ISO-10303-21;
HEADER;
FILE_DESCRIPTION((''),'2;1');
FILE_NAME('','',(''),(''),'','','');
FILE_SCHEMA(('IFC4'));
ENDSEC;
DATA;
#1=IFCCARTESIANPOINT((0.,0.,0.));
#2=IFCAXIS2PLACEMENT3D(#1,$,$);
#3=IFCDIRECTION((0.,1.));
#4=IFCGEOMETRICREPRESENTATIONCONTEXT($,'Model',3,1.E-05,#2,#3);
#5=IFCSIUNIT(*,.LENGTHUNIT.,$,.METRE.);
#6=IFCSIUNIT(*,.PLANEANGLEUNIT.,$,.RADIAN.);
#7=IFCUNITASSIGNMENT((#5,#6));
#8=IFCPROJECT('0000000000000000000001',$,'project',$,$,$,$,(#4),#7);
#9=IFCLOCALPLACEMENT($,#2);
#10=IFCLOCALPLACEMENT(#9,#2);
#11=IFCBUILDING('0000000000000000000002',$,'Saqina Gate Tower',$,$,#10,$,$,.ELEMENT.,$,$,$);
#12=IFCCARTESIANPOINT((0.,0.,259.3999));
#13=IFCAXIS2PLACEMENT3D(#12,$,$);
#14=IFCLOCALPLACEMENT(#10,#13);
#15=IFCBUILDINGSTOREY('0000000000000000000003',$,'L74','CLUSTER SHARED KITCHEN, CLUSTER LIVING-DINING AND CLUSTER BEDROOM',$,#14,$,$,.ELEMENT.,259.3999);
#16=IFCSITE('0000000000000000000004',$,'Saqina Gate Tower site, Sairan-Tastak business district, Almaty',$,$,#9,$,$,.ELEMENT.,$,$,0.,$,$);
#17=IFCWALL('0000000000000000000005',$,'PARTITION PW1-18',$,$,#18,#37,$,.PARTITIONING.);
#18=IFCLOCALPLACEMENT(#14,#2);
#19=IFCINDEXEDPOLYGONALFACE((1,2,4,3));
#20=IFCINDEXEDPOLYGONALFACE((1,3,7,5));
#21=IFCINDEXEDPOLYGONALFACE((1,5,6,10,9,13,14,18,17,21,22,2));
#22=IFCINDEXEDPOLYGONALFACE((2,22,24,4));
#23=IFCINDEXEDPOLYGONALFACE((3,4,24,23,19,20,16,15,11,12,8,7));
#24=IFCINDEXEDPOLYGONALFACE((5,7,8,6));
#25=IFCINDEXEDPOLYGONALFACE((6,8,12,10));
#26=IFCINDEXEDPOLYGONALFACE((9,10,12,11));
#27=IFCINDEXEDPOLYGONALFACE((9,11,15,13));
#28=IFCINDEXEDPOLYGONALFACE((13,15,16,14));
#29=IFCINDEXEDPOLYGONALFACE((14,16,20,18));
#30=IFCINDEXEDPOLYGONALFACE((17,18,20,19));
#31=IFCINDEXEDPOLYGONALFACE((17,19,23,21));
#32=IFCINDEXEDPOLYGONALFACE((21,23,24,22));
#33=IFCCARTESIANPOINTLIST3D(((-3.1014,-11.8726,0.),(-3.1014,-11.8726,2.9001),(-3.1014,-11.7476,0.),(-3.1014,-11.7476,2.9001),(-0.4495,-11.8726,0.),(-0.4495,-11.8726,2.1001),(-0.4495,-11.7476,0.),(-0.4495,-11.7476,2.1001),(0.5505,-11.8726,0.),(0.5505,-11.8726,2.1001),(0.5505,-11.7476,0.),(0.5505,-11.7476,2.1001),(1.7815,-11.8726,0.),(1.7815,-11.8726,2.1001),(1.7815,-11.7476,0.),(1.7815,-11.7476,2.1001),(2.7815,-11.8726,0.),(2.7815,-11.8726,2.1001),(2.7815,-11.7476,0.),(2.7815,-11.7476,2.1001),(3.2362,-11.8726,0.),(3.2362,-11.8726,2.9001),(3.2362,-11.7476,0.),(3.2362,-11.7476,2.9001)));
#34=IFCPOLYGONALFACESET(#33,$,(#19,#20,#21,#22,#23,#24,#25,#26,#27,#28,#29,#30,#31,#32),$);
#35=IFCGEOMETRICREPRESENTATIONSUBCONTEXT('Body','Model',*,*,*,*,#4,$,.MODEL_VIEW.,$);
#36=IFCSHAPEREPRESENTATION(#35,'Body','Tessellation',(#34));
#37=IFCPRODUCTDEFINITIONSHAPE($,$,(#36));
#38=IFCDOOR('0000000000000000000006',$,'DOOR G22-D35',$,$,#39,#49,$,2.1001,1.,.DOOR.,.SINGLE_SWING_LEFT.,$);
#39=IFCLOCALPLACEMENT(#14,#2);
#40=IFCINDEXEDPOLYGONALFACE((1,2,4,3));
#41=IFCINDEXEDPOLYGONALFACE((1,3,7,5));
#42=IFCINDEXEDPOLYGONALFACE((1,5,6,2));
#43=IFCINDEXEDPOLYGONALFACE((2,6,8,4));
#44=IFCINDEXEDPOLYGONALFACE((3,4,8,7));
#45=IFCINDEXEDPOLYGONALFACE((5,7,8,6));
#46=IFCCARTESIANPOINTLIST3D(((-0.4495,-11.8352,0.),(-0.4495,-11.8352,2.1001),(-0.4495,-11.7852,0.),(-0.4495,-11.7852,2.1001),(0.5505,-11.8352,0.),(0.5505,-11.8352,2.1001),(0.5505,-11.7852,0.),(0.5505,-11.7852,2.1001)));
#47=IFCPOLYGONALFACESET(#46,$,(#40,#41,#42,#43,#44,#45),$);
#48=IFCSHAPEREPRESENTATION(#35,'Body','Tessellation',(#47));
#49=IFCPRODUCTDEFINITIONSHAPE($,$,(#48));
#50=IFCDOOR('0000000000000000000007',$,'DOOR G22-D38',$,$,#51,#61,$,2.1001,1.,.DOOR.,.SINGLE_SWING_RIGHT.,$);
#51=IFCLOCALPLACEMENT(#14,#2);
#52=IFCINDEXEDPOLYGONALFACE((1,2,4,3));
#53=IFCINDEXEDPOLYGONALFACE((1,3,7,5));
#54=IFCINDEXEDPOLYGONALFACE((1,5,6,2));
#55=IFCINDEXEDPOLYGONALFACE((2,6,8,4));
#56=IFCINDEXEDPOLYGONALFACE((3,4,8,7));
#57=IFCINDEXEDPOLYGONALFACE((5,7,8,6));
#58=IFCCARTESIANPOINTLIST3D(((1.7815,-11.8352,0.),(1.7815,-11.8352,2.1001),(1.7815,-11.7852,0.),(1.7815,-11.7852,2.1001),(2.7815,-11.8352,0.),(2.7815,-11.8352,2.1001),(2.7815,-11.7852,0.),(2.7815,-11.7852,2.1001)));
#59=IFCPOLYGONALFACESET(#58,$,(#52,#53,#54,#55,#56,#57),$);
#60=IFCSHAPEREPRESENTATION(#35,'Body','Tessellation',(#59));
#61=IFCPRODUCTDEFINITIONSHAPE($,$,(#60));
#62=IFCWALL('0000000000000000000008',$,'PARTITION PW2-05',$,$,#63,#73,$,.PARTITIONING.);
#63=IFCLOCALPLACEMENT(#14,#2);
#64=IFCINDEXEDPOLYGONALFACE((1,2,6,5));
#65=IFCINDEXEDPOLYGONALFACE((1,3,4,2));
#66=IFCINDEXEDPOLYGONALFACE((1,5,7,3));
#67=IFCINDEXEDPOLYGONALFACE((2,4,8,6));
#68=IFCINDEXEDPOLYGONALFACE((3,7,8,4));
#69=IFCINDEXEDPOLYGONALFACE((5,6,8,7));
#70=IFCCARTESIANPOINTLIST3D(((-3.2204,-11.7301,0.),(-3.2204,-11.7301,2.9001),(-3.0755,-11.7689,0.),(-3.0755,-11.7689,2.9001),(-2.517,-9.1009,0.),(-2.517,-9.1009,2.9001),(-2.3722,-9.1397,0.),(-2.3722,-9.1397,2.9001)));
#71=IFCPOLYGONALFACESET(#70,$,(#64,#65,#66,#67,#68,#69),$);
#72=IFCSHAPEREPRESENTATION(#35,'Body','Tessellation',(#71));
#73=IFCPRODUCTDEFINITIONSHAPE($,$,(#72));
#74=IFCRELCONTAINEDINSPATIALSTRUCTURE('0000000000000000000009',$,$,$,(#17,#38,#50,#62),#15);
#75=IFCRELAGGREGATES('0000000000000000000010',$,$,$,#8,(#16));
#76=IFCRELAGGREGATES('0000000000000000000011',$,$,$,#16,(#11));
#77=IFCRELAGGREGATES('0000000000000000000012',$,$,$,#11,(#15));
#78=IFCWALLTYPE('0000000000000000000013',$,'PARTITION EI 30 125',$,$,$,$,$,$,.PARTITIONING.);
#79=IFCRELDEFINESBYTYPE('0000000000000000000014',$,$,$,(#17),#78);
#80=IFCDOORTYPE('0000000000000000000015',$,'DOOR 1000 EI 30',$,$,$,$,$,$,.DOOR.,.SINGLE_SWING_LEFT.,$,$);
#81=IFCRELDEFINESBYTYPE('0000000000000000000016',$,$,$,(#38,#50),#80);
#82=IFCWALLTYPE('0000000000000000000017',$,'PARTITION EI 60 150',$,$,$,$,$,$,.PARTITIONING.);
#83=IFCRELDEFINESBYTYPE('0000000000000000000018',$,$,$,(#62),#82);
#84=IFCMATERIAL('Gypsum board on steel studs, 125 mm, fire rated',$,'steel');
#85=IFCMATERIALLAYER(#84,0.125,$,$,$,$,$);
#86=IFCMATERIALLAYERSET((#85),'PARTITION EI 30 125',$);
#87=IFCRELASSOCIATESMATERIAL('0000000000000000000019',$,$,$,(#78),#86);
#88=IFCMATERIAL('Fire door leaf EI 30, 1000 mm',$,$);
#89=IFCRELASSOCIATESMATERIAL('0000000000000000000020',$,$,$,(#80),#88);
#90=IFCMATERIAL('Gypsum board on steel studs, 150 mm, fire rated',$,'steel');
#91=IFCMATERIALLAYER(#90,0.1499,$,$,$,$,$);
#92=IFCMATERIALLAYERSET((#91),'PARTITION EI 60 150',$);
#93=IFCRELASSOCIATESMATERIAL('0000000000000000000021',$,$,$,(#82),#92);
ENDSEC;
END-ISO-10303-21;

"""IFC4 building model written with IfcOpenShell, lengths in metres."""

from ifc_helpers import new_model, si_unit, direction, frame, frame_2d, origin, place, context, subcontext, project, spatial, rectangle, extrude, material, layer, layer_set, type_object, element, fill, save


model = new_model("IFC4")

# Units and contexts
model_context = context("Model", 3, precision=1e-05, world=origin(), true_north=direction((0.0, 1.0)))
body_context = subcontext(model_context, "Body", "Model", "MODEL_VIEW")
ifc_project = project(units=[si_unit("LENGTHUNIT", "METRE"), si_unit("PLANEANGLEUNIT", "RADIAN")], contexts=[model_context])

# Site, building, storey
site_placement = place(None, origin())
site = spatial("IfcSite", under=ifc_project, at=site_placement, Name="Saqina Gate Tower site, Sairan-Tastak business district, Almaty", CompositionType="ELEMENT", RefElevation=0.0)
building_placement = place(site_placement, origin())
building = spatial("IfcBuilding", under=site, at=building_placement, Name="Saqina Gate Tower", CompositionType="ELEMENT")
storey_placement = place(building_placement, frame((0.0, 0.0, 259.3999)))
storey = spatial("IfcBuildingStorey", under=building, at=storey_placement, Name="L74", Description="CLUSTER SHARED KITCHEN, CLUSTER LIVING-DINING AND CLUSTER BEDROOM", CompositionType="ELEMENT", Elevation=259.3999)

# Shared definitions
ifc_material_1 = material(Name="Gypsum board on steel studs, 125 mm, fire rated", Category="steel")
ifc_layer_1 = layer(ifc_material_1, 0.125)
ifc_layer_set_1 = layer_set([ifc_layer_1], Name="PARTITION EI 30 125")
wall_type_1 = type_object("IfcWallType", Name="PARTITION EI 30 125", PredefinedType="PARTITIONING", material=ifc_layer_set_1)

# Wall, openings, doors
wall_1_placement = place(storey_placement, frame((-3.1016, -11.8101, 0.0), z_axis=(0.0, 0.0, 1.0), x_axis=(1.0, 0.0, 0.0)))
wall_1 = element("IfcWall", 1, at=wall_1_placement, inside=storey, type_object=wall_type_1, Name="PARTITION PW1-18", PredefinedType="PARTITIONING", context=body_context, shape_type="SweptSolid", body=[
    extrude(rectangle(XDim=6.3376, YDim=0.125, at=frame_2d((3.1689, 0.0))), origin(), (0.0, 0.0, 1.0), 2.9001),
])
opening_1_placement = place(wall_1_placement, frame((2.6521, 0.0, 0.0)))
opening_1 = element("IfcOpeningElement", 2, at=opening_1_placement, cuts=wall_1, PredefinedType="OPENING", context=body_context, shape_type="SweptSolid", body=[
    extrude(rectangle(XDim=1.0, YDim=2.1001, at=frame_2d((0.5, 1.05))), frame((0.0, 0.0745, 0.0), z_axis=(0.0, -1.0, 0.0), x_axis=(1.0, 0.0, 0.0)), (0.0, 0.0, 1.0), 0.1489),
])
opening_2_placement = place(wall_1_placement, frame((4.8831, 0.0, 0.0)))
opening_2 = element("IfcOpeningElement", 3, at=opening_2_placement, cuts=wall_1, PredefinedType="OPENING", context=body_context, shape_type="SweptSolid", body=[
    extrude(rectangle(XDim=1.0, YDim=2.1001, at=frame_2d((0.5, 1.05))), frame((0.0, 0.0745, 0.0), z_axis=(0.0, -1.0, 0.0), x_axis=(1.0, 0.0, 0.0)), (0.0, 0.0, 1.0), 0.1489),
])
ifc_material_2 = material(Name="Fire door leaf EI 30, 1000 mm")
door_type_1 = type_object("IfcDoorType", Name="DOOR 1000 EI 30", OperationType="SINGLE_SWING_LEFT", PredefinedType="DOOR", material=ifc_material_2)
door_1_placement = place(opening_1_placement, origin())
door_1 = element("IfcDoor", 4, at=door_1_placement, inside=storey, type_object=door_type_1, Name="DOOR G22-D35", OperationType="SINGLE_SWING_LEFT", OverallHeight=2.1001, OverallWidth=1.0, PredefinedType="DOOR", context=body_context, shape_type="SweptSolid", body=[
    extrude(rectangle(XDim=1.0, YDim=2.1001, at=frame_2d((0.5, 1.05))), frame((0.0, 0.0249, 0.0), z_axis=(0.0, -1.0, 0.0), x_axis=(1.0, 0.0, 0.0)), (0.0, 0.0, 1.0), 0.05),
])
fill(opening_1, door_1)
door_2_placement = place(opening_2_placement, origin())
door_2 = element("IfcDoor", 5, at=door_2_placement, inside=storey, type_object=door_type_1, Name="DOOR G22-D38", OperationType="SINGLE_SWING_RIGHT", OverallHeight=2.1001, OverallWidth=1.0, PredefinedType="DOOR", context=body_context, shape_type="SweptSolid", body=[
    extrude(rectangle(XDim=1.0, YDim=2.1001, at=frame_2d((0.5, 1.05))), frame((0.0, 0.0249, 0.0), z_axis=(0.0, -1.0, 0.0), x_axis=(1.0, 0.0, 0.0)), (0.0, 0.0, 1.0), 0.05),
])
fill(opening_2, door_2)

# Wall
ifc_material_3 = material(Name="Gypsum board on steel studs, 150 mm, fire rated", Category="steel")
ifc_layer_2 = layer(ifc_material_3, 0.1499)
ifc_layer_set_2 = layer_set([ifc_layer_2], Name="PARTITION EI 60 150")
wall_type_2 = type_object("IfcWallType", Name="PARTITION EI 60 150", PredefinedType="PARTITIONING", material=ifc_layer_set_2)
wall_2_placement = place(storey_placement, frame((-3.1479, -11.7495, 0.0), z_axis=(0.0, 0.0, 1.0), x_axis=(0.258439, 0.966028, 0.0)))
element("IfcWall", 6, at=wall_2_placement, inside=storey, type_object=wall_type_2, Name="PARTITION PW2-05", PredefinedType="PARTITIONING", context=body_context, shape_type="SweptSolid", body=[
    extrude(rectangle(XDim=2.7217, YDim=0.1499, at=frame_2d((1.3608, 0.0))), origin(), (0.0, 0.0, 1.0), 2.9001),
])

save(model, "model.ifc")
